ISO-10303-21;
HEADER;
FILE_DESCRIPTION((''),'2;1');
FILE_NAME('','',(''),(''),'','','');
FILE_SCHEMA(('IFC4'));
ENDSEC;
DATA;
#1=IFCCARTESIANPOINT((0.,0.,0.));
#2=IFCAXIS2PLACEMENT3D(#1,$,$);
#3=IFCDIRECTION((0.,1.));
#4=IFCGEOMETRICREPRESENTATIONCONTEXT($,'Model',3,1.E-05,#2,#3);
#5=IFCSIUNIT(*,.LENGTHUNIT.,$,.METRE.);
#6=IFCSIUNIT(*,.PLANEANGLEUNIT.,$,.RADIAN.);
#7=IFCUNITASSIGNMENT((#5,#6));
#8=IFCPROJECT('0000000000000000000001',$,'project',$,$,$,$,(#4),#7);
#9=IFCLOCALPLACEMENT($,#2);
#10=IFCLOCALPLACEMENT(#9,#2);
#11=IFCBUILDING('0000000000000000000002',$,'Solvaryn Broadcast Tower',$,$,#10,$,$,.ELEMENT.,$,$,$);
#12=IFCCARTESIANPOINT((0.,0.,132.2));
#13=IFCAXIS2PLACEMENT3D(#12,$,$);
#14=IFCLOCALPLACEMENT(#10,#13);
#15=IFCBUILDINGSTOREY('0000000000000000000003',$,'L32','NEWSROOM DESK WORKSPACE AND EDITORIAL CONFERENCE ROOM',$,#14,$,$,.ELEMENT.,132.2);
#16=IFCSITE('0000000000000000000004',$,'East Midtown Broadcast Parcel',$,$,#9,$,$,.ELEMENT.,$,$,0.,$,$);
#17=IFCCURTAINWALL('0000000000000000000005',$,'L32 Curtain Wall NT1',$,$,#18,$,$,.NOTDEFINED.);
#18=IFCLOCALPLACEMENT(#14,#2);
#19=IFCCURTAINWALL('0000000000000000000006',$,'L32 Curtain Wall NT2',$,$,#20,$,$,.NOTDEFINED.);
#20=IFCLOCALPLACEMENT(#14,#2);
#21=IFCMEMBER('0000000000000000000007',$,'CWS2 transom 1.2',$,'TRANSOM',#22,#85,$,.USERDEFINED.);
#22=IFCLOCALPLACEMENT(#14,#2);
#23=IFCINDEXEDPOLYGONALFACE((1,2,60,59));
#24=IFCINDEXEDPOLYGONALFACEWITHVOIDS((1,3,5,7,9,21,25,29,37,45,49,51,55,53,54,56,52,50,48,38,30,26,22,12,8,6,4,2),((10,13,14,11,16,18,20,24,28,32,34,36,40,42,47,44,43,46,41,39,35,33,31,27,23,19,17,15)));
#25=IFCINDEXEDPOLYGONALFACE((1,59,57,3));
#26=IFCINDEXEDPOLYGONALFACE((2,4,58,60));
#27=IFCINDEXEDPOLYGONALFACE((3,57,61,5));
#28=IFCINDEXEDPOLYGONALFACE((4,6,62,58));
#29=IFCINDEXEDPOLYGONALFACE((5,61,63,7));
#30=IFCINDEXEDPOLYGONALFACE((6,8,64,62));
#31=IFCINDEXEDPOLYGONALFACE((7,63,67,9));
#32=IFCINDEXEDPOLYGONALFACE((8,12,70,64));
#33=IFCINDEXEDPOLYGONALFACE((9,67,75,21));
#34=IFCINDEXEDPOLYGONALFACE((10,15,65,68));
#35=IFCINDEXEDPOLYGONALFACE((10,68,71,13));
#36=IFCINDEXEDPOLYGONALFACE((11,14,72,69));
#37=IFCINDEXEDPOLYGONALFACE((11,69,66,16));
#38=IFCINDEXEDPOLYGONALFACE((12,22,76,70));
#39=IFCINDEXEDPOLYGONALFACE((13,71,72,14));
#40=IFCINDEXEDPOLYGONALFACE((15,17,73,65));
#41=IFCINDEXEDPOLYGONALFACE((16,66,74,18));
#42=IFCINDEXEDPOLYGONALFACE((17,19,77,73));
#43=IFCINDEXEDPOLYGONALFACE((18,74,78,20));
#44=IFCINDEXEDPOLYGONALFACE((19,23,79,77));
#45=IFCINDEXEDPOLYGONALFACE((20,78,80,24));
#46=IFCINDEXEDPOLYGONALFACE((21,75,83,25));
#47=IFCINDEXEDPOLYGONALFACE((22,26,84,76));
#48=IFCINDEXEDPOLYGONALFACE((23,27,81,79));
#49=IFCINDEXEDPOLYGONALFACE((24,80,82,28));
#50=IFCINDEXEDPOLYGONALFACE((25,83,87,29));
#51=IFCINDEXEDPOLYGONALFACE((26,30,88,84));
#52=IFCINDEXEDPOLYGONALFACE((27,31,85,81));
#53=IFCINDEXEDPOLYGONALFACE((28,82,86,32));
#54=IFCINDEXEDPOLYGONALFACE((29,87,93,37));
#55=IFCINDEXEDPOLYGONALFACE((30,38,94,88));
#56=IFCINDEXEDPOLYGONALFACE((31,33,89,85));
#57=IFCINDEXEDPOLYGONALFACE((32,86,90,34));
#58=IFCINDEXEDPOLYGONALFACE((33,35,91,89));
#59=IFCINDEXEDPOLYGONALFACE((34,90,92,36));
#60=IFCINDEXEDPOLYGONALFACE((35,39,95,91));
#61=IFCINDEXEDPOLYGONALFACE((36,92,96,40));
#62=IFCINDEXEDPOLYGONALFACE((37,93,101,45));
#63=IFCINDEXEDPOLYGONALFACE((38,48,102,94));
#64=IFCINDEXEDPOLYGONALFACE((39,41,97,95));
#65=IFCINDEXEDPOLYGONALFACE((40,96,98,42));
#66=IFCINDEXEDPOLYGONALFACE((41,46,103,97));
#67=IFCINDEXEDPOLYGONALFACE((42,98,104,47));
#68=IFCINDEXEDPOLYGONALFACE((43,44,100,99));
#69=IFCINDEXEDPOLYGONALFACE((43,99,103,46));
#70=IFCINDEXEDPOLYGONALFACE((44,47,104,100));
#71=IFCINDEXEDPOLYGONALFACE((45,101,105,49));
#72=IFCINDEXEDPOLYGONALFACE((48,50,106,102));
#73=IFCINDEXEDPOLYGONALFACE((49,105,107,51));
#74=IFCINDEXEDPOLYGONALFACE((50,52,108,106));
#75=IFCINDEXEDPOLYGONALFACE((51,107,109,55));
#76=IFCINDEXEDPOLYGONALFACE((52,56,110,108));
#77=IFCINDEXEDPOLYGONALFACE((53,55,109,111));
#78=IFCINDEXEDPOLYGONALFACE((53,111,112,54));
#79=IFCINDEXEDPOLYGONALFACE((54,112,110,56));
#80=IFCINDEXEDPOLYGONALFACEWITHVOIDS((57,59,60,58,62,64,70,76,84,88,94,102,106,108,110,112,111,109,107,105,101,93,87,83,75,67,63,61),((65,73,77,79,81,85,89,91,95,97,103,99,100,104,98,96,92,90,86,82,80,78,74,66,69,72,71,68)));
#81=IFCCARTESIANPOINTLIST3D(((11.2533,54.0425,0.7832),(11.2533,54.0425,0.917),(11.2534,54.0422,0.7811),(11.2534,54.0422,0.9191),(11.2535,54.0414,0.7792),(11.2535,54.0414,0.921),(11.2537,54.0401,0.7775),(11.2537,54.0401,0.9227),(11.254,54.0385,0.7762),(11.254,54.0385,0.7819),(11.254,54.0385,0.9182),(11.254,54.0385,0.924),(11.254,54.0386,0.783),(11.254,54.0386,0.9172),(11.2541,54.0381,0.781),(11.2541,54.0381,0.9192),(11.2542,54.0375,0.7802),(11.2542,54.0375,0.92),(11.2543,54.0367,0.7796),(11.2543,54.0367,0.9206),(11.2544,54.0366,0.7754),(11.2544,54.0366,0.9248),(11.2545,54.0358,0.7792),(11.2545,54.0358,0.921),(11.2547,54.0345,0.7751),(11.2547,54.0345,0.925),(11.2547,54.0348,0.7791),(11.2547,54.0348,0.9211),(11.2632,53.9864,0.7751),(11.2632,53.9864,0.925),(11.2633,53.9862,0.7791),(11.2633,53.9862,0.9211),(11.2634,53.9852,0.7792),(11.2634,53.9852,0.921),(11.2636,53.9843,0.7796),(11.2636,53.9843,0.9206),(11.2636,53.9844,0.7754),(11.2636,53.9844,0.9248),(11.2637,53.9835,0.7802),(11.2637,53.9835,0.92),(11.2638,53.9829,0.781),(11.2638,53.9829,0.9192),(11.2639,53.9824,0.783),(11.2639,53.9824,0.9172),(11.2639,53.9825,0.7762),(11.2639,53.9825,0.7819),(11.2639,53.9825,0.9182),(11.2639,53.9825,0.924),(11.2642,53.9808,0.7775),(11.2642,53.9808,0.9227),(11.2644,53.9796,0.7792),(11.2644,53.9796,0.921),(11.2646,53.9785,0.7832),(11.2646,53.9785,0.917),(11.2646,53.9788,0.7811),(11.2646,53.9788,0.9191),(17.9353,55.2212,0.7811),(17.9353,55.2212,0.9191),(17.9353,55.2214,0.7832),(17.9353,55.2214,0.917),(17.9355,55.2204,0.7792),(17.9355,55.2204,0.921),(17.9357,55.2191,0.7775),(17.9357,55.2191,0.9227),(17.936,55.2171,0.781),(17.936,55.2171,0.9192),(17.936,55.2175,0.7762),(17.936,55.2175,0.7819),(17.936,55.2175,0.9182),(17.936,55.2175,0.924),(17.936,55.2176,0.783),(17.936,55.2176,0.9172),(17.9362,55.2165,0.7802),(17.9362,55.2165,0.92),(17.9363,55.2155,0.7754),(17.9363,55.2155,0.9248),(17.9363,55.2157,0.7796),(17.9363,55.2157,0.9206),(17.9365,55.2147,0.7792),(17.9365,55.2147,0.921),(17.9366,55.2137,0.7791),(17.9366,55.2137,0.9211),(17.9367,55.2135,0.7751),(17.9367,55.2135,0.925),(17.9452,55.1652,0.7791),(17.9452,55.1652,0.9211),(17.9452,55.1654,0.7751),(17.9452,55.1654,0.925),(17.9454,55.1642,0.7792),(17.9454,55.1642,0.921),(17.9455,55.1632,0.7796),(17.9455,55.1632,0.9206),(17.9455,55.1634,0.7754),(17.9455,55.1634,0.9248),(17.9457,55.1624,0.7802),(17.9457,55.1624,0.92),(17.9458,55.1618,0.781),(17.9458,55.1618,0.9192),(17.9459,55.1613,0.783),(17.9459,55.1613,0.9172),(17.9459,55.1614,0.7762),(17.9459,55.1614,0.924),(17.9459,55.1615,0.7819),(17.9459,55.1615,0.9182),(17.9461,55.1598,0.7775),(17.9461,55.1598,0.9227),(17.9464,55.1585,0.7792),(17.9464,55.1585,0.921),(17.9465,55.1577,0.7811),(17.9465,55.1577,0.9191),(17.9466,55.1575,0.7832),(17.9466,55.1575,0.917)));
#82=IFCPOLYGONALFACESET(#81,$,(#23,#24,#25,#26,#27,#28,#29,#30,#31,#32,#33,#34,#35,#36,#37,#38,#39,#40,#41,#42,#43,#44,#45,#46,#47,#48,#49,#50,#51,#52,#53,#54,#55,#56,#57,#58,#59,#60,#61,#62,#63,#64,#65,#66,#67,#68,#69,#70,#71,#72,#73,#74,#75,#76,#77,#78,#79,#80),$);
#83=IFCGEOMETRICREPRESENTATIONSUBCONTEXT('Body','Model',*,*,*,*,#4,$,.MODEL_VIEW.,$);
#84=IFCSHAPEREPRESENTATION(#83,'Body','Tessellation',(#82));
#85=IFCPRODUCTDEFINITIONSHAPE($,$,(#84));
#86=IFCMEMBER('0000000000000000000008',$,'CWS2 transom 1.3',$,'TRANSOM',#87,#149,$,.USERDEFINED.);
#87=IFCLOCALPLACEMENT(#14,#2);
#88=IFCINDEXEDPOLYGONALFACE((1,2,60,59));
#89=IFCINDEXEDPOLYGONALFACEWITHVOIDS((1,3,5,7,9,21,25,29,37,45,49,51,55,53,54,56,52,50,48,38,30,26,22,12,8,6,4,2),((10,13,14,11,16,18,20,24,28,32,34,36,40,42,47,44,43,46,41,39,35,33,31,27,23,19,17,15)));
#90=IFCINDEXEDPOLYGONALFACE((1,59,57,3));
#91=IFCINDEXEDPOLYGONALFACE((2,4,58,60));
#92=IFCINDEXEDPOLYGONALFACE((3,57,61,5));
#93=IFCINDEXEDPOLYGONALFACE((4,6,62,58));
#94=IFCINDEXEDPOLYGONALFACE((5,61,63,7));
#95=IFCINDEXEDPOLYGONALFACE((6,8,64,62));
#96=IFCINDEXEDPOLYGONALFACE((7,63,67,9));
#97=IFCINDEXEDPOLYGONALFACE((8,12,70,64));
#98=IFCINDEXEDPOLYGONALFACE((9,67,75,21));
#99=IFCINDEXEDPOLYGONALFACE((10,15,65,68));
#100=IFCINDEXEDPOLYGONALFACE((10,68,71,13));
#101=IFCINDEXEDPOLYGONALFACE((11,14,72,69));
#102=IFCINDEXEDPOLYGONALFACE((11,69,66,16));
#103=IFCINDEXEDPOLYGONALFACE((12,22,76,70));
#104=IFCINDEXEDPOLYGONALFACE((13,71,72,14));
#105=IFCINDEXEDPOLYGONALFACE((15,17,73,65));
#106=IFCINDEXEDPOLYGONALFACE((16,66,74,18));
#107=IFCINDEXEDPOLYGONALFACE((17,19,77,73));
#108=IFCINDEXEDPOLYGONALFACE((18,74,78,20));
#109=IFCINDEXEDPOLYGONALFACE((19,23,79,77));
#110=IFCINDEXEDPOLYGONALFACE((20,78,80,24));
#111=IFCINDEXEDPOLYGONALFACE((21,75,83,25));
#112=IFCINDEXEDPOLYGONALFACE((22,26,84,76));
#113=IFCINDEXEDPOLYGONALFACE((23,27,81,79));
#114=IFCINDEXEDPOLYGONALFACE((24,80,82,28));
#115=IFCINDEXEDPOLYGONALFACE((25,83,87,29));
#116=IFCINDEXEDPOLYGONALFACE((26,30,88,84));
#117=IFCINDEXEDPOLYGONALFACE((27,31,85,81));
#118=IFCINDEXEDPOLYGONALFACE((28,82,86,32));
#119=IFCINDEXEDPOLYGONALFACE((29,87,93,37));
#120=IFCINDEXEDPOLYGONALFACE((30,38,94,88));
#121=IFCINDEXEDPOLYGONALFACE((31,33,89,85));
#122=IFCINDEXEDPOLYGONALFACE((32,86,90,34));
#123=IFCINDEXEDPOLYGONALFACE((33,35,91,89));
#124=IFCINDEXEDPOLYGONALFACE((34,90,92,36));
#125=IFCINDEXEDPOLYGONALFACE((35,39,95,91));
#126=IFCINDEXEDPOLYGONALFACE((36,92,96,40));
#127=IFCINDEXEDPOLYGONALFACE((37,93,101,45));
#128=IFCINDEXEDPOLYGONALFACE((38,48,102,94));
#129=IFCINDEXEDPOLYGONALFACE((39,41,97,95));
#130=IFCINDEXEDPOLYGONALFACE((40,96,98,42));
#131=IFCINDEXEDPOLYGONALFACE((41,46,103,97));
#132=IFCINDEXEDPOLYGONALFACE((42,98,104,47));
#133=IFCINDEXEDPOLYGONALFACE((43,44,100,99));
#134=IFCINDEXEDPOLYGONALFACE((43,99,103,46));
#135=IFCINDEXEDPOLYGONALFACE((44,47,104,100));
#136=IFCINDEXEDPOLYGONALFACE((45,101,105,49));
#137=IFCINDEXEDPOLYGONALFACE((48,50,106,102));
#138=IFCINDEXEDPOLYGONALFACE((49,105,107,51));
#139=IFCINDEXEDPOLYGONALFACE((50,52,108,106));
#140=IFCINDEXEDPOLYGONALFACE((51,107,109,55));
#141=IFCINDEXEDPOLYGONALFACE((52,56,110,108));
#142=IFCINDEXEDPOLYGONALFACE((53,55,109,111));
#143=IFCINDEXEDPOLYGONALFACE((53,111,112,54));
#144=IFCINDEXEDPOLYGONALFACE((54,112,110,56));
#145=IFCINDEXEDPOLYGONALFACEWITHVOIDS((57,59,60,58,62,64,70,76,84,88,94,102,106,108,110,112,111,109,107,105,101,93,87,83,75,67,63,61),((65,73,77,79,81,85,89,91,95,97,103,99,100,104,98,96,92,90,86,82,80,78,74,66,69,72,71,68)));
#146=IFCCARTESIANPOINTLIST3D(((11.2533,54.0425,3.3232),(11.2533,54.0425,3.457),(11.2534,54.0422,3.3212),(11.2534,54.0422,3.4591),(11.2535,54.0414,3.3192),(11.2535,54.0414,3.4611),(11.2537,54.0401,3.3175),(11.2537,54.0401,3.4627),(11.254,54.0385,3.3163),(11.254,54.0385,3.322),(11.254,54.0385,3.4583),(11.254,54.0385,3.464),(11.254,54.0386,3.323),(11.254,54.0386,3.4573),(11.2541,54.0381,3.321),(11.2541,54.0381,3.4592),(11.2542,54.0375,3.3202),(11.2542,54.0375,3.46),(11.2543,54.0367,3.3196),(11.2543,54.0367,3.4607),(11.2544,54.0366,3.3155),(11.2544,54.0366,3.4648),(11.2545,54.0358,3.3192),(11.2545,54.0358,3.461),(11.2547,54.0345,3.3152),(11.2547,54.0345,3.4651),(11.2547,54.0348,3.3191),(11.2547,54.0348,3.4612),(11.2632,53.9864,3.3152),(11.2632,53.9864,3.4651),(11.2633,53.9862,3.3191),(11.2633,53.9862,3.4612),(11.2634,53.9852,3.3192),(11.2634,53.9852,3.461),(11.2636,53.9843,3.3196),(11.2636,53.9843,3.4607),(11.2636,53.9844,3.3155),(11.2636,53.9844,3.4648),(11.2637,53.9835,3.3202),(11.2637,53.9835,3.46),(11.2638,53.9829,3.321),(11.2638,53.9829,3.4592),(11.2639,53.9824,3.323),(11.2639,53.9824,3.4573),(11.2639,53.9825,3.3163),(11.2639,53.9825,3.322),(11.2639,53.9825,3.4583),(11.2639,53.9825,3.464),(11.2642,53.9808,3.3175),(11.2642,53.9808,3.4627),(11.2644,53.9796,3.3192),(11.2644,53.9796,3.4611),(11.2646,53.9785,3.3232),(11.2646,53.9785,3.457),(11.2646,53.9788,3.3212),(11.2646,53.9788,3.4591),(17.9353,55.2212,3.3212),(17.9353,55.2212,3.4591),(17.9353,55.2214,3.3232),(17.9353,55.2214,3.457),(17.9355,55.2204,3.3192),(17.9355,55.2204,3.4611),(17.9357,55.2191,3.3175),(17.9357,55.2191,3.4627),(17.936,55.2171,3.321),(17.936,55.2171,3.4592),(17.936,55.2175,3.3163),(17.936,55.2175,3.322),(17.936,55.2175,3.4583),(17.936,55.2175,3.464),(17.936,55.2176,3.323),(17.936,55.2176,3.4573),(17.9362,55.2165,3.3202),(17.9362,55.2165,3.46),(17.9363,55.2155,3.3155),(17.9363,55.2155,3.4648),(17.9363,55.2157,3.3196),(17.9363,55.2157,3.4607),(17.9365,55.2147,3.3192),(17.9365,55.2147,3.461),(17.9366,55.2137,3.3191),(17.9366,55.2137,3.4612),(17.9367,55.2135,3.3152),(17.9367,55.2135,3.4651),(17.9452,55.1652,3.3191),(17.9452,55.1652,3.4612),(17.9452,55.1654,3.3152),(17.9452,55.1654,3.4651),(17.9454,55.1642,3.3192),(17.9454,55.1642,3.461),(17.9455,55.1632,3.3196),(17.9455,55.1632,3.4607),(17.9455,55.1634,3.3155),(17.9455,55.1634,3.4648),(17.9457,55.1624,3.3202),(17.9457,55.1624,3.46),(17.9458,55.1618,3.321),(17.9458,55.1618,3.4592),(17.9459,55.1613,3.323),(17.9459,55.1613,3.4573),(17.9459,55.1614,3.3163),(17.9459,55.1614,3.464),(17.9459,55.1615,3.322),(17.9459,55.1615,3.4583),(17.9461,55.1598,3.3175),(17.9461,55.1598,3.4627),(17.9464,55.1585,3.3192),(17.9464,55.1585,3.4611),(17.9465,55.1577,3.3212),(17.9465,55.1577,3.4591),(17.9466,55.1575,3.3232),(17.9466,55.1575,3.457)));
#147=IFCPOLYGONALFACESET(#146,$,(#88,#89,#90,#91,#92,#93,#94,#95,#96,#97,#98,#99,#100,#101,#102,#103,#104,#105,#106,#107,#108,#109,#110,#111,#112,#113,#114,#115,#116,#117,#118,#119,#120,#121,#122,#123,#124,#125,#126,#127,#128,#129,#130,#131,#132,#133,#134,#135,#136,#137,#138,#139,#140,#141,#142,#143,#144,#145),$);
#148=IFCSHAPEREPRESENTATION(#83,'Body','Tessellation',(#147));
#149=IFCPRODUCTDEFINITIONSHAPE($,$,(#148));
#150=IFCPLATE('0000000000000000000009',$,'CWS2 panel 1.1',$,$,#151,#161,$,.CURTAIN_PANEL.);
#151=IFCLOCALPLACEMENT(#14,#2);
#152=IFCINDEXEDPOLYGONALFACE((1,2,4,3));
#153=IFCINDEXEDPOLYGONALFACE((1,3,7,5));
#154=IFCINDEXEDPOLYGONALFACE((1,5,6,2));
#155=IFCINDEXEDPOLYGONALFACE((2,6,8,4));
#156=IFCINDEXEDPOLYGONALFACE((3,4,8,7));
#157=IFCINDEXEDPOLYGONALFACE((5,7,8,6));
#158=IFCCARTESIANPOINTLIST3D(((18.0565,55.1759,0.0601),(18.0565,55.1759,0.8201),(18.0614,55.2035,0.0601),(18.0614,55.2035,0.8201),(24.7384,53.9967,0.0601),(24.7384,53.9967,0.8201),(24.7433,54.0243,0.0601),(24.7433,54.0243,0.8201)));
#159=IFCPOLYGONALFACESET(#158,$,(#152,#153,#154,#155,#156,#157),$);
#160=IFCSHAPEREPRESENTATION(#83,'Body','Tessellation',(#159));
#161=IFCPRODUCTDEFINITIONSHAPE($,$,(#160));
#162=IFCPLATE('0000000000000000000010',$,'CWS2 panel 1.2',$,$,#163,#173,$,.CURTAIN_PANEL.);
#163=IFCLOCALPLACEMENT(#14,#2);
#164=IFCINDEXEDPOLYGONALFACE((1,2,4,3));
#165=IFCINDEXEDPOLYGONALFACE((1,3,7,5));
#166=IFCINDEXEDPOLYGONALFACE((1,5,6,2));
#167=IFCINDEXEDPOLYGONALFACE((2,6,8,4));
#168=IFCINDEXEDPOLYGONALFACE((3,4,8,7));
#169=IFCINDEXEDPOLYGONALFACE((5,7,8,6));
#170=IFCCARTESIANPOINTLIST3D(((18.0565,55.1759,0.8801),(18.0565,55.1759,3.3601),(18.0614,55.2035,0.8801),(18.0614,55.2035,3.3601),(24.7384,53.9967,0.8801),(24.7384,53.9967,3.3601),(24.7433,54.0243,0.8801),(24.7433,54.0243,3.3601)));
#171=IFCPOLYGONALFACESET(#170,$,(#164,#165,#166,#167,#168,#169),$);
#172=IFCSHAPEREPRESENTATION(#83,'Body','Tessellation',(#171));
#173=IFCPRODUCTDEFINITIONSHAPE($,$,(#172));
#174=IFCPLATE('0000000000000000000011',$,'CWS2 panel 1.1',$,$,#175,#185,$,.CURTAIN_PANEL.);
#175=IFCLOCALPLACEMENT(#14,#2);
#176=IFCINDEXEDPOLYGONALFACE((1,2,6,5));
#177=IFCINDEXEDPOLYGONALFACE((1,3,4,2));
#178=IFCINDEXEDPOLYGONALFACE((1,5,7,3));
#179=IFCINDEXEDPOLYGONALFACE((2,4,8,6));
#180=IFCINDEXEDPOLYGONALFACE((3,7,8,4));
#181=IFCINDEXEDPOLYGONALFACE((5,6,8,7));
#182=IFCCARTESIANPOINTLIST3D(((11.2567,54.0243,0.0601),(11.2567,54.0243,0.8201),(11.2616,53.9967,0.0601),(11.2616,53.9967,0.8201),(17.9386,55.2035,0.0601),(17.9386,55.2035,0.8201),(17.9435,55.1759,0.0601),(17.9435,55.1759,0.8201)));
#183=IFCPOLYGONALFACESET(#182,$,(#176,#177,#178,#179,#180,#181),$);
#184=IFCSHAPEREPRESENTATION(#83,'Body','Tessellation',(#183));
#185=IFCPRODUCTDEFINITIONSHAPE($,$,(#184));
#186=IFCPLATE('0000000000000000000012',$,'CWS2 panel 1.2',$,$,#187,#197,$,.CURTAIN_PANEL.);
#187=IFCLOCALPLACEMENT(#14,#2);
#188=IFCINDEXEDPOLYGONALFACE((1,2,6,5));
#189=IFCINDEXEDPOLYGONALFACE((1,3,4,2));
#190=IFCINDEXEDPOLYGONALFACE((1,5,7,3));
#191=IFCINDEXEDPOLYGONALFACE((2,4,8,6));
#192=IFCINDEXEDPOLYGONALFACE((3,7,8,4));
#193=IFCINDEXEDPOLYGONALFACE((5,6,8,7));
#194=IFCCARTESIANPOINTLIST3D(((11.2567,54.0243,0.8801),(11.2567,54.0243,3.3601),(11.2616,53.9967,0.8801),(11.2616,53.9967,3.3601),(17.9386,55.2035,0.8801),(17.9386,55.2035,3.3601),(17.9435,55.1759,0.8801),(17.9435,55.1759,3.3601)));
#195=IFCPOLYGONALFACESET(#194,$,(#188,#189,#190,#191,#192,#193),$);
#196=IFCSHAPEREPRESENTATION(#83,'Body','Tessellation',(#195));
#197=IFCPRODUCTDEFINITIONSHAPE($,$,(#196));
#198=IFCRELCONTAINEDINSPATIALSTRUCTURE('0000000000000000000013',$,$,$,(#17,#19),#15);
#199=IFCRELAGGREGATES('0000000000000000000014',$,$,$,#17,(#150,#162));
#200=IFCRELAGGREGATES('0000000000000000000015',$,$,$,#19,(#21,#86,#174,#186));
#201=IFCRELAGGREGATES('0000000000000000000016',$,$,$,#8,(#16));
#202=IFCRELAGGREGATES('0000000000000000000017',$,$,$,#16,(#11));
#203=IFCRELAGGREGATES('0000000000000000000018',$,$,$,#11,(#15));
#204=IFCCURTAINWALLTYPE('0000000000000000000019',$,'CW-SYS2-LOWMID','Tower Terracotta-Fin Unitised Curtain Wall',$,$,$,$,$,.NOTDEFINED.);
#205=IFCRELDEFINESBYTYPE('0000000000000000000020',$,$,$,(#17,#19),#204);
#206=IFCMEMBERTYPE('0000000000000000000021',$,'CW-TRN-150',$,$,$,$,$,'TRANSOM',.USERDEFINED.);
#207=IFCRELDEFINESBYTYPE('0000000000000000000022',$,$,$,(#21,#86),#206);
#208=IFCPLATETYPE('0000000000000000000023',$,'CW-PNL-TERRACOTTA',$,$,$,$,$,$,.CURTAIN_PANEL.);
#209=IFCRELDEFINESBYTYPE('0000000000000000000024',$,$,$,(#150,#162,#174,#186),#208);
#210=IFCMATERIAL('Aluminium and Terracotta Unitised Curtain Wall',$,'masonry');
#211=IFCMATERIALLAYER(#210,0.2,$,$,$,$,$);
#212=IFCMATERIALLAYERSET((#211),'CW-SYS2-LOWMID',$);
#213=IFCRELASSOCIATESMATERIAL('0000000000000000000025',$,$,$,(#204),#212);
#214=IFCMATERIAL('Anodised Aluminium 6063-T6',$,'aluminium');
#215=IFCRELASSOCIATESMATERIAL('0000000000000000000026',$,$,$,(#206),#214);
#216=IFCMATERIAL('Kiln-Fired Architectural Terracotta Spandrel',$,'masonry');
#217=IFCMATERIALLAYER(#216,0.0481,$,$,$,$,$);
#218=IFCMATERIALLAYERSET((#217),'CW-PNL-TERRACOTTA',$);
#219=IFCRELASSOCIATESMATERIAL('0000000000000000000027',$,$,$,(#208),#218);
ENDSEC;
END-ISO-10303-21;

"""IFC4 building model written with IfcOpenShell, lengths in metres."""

from ifc_helpers import new_model, si_unit, direction, frame, origin, origin_2d, place, context, subcontext, project, spatial, rectangle, hollow_rectangle, extrude, material, layer, layer_set, material_profile, profile_set, type_object, element, aggregate, save


model = new_model("IFC4")

# Units and contexts
model_context = context("Model", 3, precision=1e-05, world=origin(), true_north=direction((0.0, 1.0)))
body_context = subcontext(model_context, "Body", "Model", "MODEL_VIEW")
ifc_project = project(units=[si_unit("LENGTHUNIT", "METRE"), si_unit("PLANEANGLEUNIT", "RADIAN")], contexts=[model_context])

# Site, building, storey
site_placement = place(None, origin())
site = spatial("IfcSite", under=ifc_project, at=site_placement, Name="East Midtown Broadcast Parcel", CompositionType="ELEMENT", RefElevation=0.0)
building_placement = place(site_placement, origin())
building = spatial("IfcBuilding", under=site, at=building_placement, Name="Solvaryn Broadcast Tower", CompositionType="ELEMENT")
storey_placement = place(building_placement, frame((0.0, 0.0, 132.2)))
storey = spatial("IfcBuildingStorey", under=building, at=storey_placement, Name="L32", Description="NEWSROOM DESK WORKSPACE AND EDITORIAL CONFERENCE ROOM", CompositionType="ELEMENT", Elevation=132.2)

# Curtain wall
ifc_material_1 = material(Name="Aluminium and Terracotta Unitised Curtain Wall", Category="masonry")
ifc_layer_1 = layer(ifc_material_1, 0.2)
ifc_layer_set_1 = layer_set([ifc_layer_1], Name="CW-SYS2-LOWMID")
curtain_wall_type = type_object("IfcCurtainWallType", Name="CW-SYS2-LOWMID", Description="Tower Terracotta-Fin Unitised Curtain Wall", PredefinedType="NOTDEFINED", material=ifc_layer_set_1)
curtain_wall_1_placement = place(storey_placement, origin())
curtain_wall_1 = element("IfcCurtainWall", 1, at=curtain_wall_1_placement, inside=storey, type_object=curtain_wall_type, Name="L32 Curtain Wall NT1", PredefinedType="NOTDEFINED")

# Curtain wall, members
curtain_wall_2_placement = place(storey_placement, origin())
curtain_wall_2 = element("IfcCurtainWall", 2, at=curtain_wall_2_placement, inside=storey, type_object=curtain_wall_type, Name="L32 Curtain Wall NT2", PredefinedType="NOTDEFINED")
ifc_material_2 = material(Name="Anodised Aluminium 6063-T6", Category="aluminium")
ifc_material_profile_1 = material_profile(ifc_material_2, hollow_rectangle(XDim=0.0649, YDim=0.1499, WallThickness=0.0039, InnerFilletRadius=0.0039, OuterFilletRadius=0.0081, at=origin_2d()))
ifc_profile_set_1 = profile_set([ifc_material_profile_1], Name="Anodised Aluminium 6063-T6")
member_type_1 = type_object("IfcMemberType", Name="CW-TRN-150", ElementType="TRANSOM", PredefinedType="USERDEFINED", material=ifc_profile_set_1)
member_1_placement = place(storey_placement, frame((17.9409, 55.1895, 0.8501), z_axis=(-0.984789, -0.173757, 0.0), x_axis=(0.173757, -0.984789, 0.0)))
member_1 = element("IfcMember", 3, at=member_1_placement, type_object=member_type_1, Name="CWS2 transom 1.2", ObjectType="TRANSOM", PredefinedType="USERDEFINED", context=body_context, shape_type="SweptSolid", body=[
    extrude(hollow_rectangle(XDim=0.0649, YDim=0.1499, WallThickness=0.0039, InnerFilletRadius=0.0039, OuterFilletRadius=0.0081, at=origin_2d()), origin(), (0.0, 0.0, 1.0), 6.7852),
])
member_2_placement = place(storey_placement, frame((17.9409, 55.1895, 3.3901), z_axis=(-0.984789, -0.173757, 0.0), x_axis=(0.173757, -0.984789, 0.0)))
member_2 = element("IfcMember", 4, at=member_2_placement, type_object=member_type_1, Name="CWS2 transom 1.3", ObjectType="TRANSOM", PredefinedType="USERDEFINED", context=body_context, shape_type="SweptSolid", body=[
    extrude(hollow_rectangle(XDim=0.0649, YDim=0.1499, WallThickness=0.0039, InnerFilletRadius=0.0039, OuterFilletRadius=0.0081, at=origin_2d()), origin(), (0.0, 0.0, 1.0), 6.7852),
])

# Plates
ifc_material_3 = material(Name="Kiln-Fired Architectural Terracotta Spandrel", Category="masonry")
ifc_layer_2 = layer(ifc_material_3, 0.0481)
ifc_layer_set_2 = layer_set([ifc_layer_2], Name="CW-PNL-TERRACOTTA")
plate_type = type_object("IfcPlateType", Name="CW-PNL-TERRACOTTA", PredefinedType="CURTAIN_PANEL", material=ifc_layer_set_2)
plate_1_placement = place(storey_placement, frame((21.3999, 54.6001, 0.0601), z_axis=(0.0, 0.0, 1.0), x_axis=(-0.984784, 0.173785, 0.0)))
plate_1 = element("IfcPlate", 5, at=plate_1_placement, type_object=plate_type, Name="CWS2 panel 1.1", PredefinedType="CURTAIN_PANEL", context=body_context, shape_type="SweptSolid", body=[
    extrude(rectangle(XDim=6.7852, YDim=0.0281, at=origin_2d()), origin(), (0.0, 0.0, 1.0), 0.76),
])
plate_2_placement = place(storey_placement, frame((21.3999, 54.6001, 0.8801), z_axis=(0.0, 0.0, 1.0), x_axis=(-0.984784, 0.173785, 0.0)))
plate_2 = element("IfcPlate", 6, at=plate_2_placement, type_object=plate_type, Name="CWS2 panel 1.2", PredefinedType="CURTAIN_PANEL", context=body_context, shape_type="SweptSolid", body=[
    extrude(rectangle(XDim=6.7852, YDim=0.0281, at=origin_2d()), origin(), (0.0, 0.0, 1.0), 2.48),
])
aggregate(curtain_wall_1, [plate_1, plate_2])
plate_3_placement = place(storey_placement, frame((14.6001, 54.6001, 0.0601), z_axis=(0.0, 0.0, 1.0), x_axis=(-0.984784, -0.173785, 0.0)))
plate_3 = element("IfcPlate", 7, at=plate_3_placement, type_object=plate_type, Name="CWS2 panel 1.1", PredefinedType="CURTAIN_PANEL", context=body_context, shape_type="SweptSolid", body=[
    extrude(rectangle(XDim=6.7852, YDim=0.0281, at=origin_2d()), origin(), (0.0, 0.0, 1.0), 0.76),
])
plate_4_placement = place(storey_placement, frame((14.6001, 54.6001, 0.8801), z_axis=(0.0, 0.0, 1.0), x_axis=(-0.984784, -0.173785, 0.0)))
plate_4 = element("IfcPlate", 8, at=plate_4_placement, type_object=plate_type, Name="CWS2 panel 1.2", PredefinedType="CURTAIN_PANEL", context=body_context, shape_type="SweptSolid", body=[
    extrude(rectangle(XDim=6.7852, YDim=0.0281, at=origin_2d()), origin(), (0.0, 0.0, 1.0), 2.48),
])
aggregate(curtain_wall_2, [member_1, member_2, plate_3, plate_4])

save(model, "model.ifc")
